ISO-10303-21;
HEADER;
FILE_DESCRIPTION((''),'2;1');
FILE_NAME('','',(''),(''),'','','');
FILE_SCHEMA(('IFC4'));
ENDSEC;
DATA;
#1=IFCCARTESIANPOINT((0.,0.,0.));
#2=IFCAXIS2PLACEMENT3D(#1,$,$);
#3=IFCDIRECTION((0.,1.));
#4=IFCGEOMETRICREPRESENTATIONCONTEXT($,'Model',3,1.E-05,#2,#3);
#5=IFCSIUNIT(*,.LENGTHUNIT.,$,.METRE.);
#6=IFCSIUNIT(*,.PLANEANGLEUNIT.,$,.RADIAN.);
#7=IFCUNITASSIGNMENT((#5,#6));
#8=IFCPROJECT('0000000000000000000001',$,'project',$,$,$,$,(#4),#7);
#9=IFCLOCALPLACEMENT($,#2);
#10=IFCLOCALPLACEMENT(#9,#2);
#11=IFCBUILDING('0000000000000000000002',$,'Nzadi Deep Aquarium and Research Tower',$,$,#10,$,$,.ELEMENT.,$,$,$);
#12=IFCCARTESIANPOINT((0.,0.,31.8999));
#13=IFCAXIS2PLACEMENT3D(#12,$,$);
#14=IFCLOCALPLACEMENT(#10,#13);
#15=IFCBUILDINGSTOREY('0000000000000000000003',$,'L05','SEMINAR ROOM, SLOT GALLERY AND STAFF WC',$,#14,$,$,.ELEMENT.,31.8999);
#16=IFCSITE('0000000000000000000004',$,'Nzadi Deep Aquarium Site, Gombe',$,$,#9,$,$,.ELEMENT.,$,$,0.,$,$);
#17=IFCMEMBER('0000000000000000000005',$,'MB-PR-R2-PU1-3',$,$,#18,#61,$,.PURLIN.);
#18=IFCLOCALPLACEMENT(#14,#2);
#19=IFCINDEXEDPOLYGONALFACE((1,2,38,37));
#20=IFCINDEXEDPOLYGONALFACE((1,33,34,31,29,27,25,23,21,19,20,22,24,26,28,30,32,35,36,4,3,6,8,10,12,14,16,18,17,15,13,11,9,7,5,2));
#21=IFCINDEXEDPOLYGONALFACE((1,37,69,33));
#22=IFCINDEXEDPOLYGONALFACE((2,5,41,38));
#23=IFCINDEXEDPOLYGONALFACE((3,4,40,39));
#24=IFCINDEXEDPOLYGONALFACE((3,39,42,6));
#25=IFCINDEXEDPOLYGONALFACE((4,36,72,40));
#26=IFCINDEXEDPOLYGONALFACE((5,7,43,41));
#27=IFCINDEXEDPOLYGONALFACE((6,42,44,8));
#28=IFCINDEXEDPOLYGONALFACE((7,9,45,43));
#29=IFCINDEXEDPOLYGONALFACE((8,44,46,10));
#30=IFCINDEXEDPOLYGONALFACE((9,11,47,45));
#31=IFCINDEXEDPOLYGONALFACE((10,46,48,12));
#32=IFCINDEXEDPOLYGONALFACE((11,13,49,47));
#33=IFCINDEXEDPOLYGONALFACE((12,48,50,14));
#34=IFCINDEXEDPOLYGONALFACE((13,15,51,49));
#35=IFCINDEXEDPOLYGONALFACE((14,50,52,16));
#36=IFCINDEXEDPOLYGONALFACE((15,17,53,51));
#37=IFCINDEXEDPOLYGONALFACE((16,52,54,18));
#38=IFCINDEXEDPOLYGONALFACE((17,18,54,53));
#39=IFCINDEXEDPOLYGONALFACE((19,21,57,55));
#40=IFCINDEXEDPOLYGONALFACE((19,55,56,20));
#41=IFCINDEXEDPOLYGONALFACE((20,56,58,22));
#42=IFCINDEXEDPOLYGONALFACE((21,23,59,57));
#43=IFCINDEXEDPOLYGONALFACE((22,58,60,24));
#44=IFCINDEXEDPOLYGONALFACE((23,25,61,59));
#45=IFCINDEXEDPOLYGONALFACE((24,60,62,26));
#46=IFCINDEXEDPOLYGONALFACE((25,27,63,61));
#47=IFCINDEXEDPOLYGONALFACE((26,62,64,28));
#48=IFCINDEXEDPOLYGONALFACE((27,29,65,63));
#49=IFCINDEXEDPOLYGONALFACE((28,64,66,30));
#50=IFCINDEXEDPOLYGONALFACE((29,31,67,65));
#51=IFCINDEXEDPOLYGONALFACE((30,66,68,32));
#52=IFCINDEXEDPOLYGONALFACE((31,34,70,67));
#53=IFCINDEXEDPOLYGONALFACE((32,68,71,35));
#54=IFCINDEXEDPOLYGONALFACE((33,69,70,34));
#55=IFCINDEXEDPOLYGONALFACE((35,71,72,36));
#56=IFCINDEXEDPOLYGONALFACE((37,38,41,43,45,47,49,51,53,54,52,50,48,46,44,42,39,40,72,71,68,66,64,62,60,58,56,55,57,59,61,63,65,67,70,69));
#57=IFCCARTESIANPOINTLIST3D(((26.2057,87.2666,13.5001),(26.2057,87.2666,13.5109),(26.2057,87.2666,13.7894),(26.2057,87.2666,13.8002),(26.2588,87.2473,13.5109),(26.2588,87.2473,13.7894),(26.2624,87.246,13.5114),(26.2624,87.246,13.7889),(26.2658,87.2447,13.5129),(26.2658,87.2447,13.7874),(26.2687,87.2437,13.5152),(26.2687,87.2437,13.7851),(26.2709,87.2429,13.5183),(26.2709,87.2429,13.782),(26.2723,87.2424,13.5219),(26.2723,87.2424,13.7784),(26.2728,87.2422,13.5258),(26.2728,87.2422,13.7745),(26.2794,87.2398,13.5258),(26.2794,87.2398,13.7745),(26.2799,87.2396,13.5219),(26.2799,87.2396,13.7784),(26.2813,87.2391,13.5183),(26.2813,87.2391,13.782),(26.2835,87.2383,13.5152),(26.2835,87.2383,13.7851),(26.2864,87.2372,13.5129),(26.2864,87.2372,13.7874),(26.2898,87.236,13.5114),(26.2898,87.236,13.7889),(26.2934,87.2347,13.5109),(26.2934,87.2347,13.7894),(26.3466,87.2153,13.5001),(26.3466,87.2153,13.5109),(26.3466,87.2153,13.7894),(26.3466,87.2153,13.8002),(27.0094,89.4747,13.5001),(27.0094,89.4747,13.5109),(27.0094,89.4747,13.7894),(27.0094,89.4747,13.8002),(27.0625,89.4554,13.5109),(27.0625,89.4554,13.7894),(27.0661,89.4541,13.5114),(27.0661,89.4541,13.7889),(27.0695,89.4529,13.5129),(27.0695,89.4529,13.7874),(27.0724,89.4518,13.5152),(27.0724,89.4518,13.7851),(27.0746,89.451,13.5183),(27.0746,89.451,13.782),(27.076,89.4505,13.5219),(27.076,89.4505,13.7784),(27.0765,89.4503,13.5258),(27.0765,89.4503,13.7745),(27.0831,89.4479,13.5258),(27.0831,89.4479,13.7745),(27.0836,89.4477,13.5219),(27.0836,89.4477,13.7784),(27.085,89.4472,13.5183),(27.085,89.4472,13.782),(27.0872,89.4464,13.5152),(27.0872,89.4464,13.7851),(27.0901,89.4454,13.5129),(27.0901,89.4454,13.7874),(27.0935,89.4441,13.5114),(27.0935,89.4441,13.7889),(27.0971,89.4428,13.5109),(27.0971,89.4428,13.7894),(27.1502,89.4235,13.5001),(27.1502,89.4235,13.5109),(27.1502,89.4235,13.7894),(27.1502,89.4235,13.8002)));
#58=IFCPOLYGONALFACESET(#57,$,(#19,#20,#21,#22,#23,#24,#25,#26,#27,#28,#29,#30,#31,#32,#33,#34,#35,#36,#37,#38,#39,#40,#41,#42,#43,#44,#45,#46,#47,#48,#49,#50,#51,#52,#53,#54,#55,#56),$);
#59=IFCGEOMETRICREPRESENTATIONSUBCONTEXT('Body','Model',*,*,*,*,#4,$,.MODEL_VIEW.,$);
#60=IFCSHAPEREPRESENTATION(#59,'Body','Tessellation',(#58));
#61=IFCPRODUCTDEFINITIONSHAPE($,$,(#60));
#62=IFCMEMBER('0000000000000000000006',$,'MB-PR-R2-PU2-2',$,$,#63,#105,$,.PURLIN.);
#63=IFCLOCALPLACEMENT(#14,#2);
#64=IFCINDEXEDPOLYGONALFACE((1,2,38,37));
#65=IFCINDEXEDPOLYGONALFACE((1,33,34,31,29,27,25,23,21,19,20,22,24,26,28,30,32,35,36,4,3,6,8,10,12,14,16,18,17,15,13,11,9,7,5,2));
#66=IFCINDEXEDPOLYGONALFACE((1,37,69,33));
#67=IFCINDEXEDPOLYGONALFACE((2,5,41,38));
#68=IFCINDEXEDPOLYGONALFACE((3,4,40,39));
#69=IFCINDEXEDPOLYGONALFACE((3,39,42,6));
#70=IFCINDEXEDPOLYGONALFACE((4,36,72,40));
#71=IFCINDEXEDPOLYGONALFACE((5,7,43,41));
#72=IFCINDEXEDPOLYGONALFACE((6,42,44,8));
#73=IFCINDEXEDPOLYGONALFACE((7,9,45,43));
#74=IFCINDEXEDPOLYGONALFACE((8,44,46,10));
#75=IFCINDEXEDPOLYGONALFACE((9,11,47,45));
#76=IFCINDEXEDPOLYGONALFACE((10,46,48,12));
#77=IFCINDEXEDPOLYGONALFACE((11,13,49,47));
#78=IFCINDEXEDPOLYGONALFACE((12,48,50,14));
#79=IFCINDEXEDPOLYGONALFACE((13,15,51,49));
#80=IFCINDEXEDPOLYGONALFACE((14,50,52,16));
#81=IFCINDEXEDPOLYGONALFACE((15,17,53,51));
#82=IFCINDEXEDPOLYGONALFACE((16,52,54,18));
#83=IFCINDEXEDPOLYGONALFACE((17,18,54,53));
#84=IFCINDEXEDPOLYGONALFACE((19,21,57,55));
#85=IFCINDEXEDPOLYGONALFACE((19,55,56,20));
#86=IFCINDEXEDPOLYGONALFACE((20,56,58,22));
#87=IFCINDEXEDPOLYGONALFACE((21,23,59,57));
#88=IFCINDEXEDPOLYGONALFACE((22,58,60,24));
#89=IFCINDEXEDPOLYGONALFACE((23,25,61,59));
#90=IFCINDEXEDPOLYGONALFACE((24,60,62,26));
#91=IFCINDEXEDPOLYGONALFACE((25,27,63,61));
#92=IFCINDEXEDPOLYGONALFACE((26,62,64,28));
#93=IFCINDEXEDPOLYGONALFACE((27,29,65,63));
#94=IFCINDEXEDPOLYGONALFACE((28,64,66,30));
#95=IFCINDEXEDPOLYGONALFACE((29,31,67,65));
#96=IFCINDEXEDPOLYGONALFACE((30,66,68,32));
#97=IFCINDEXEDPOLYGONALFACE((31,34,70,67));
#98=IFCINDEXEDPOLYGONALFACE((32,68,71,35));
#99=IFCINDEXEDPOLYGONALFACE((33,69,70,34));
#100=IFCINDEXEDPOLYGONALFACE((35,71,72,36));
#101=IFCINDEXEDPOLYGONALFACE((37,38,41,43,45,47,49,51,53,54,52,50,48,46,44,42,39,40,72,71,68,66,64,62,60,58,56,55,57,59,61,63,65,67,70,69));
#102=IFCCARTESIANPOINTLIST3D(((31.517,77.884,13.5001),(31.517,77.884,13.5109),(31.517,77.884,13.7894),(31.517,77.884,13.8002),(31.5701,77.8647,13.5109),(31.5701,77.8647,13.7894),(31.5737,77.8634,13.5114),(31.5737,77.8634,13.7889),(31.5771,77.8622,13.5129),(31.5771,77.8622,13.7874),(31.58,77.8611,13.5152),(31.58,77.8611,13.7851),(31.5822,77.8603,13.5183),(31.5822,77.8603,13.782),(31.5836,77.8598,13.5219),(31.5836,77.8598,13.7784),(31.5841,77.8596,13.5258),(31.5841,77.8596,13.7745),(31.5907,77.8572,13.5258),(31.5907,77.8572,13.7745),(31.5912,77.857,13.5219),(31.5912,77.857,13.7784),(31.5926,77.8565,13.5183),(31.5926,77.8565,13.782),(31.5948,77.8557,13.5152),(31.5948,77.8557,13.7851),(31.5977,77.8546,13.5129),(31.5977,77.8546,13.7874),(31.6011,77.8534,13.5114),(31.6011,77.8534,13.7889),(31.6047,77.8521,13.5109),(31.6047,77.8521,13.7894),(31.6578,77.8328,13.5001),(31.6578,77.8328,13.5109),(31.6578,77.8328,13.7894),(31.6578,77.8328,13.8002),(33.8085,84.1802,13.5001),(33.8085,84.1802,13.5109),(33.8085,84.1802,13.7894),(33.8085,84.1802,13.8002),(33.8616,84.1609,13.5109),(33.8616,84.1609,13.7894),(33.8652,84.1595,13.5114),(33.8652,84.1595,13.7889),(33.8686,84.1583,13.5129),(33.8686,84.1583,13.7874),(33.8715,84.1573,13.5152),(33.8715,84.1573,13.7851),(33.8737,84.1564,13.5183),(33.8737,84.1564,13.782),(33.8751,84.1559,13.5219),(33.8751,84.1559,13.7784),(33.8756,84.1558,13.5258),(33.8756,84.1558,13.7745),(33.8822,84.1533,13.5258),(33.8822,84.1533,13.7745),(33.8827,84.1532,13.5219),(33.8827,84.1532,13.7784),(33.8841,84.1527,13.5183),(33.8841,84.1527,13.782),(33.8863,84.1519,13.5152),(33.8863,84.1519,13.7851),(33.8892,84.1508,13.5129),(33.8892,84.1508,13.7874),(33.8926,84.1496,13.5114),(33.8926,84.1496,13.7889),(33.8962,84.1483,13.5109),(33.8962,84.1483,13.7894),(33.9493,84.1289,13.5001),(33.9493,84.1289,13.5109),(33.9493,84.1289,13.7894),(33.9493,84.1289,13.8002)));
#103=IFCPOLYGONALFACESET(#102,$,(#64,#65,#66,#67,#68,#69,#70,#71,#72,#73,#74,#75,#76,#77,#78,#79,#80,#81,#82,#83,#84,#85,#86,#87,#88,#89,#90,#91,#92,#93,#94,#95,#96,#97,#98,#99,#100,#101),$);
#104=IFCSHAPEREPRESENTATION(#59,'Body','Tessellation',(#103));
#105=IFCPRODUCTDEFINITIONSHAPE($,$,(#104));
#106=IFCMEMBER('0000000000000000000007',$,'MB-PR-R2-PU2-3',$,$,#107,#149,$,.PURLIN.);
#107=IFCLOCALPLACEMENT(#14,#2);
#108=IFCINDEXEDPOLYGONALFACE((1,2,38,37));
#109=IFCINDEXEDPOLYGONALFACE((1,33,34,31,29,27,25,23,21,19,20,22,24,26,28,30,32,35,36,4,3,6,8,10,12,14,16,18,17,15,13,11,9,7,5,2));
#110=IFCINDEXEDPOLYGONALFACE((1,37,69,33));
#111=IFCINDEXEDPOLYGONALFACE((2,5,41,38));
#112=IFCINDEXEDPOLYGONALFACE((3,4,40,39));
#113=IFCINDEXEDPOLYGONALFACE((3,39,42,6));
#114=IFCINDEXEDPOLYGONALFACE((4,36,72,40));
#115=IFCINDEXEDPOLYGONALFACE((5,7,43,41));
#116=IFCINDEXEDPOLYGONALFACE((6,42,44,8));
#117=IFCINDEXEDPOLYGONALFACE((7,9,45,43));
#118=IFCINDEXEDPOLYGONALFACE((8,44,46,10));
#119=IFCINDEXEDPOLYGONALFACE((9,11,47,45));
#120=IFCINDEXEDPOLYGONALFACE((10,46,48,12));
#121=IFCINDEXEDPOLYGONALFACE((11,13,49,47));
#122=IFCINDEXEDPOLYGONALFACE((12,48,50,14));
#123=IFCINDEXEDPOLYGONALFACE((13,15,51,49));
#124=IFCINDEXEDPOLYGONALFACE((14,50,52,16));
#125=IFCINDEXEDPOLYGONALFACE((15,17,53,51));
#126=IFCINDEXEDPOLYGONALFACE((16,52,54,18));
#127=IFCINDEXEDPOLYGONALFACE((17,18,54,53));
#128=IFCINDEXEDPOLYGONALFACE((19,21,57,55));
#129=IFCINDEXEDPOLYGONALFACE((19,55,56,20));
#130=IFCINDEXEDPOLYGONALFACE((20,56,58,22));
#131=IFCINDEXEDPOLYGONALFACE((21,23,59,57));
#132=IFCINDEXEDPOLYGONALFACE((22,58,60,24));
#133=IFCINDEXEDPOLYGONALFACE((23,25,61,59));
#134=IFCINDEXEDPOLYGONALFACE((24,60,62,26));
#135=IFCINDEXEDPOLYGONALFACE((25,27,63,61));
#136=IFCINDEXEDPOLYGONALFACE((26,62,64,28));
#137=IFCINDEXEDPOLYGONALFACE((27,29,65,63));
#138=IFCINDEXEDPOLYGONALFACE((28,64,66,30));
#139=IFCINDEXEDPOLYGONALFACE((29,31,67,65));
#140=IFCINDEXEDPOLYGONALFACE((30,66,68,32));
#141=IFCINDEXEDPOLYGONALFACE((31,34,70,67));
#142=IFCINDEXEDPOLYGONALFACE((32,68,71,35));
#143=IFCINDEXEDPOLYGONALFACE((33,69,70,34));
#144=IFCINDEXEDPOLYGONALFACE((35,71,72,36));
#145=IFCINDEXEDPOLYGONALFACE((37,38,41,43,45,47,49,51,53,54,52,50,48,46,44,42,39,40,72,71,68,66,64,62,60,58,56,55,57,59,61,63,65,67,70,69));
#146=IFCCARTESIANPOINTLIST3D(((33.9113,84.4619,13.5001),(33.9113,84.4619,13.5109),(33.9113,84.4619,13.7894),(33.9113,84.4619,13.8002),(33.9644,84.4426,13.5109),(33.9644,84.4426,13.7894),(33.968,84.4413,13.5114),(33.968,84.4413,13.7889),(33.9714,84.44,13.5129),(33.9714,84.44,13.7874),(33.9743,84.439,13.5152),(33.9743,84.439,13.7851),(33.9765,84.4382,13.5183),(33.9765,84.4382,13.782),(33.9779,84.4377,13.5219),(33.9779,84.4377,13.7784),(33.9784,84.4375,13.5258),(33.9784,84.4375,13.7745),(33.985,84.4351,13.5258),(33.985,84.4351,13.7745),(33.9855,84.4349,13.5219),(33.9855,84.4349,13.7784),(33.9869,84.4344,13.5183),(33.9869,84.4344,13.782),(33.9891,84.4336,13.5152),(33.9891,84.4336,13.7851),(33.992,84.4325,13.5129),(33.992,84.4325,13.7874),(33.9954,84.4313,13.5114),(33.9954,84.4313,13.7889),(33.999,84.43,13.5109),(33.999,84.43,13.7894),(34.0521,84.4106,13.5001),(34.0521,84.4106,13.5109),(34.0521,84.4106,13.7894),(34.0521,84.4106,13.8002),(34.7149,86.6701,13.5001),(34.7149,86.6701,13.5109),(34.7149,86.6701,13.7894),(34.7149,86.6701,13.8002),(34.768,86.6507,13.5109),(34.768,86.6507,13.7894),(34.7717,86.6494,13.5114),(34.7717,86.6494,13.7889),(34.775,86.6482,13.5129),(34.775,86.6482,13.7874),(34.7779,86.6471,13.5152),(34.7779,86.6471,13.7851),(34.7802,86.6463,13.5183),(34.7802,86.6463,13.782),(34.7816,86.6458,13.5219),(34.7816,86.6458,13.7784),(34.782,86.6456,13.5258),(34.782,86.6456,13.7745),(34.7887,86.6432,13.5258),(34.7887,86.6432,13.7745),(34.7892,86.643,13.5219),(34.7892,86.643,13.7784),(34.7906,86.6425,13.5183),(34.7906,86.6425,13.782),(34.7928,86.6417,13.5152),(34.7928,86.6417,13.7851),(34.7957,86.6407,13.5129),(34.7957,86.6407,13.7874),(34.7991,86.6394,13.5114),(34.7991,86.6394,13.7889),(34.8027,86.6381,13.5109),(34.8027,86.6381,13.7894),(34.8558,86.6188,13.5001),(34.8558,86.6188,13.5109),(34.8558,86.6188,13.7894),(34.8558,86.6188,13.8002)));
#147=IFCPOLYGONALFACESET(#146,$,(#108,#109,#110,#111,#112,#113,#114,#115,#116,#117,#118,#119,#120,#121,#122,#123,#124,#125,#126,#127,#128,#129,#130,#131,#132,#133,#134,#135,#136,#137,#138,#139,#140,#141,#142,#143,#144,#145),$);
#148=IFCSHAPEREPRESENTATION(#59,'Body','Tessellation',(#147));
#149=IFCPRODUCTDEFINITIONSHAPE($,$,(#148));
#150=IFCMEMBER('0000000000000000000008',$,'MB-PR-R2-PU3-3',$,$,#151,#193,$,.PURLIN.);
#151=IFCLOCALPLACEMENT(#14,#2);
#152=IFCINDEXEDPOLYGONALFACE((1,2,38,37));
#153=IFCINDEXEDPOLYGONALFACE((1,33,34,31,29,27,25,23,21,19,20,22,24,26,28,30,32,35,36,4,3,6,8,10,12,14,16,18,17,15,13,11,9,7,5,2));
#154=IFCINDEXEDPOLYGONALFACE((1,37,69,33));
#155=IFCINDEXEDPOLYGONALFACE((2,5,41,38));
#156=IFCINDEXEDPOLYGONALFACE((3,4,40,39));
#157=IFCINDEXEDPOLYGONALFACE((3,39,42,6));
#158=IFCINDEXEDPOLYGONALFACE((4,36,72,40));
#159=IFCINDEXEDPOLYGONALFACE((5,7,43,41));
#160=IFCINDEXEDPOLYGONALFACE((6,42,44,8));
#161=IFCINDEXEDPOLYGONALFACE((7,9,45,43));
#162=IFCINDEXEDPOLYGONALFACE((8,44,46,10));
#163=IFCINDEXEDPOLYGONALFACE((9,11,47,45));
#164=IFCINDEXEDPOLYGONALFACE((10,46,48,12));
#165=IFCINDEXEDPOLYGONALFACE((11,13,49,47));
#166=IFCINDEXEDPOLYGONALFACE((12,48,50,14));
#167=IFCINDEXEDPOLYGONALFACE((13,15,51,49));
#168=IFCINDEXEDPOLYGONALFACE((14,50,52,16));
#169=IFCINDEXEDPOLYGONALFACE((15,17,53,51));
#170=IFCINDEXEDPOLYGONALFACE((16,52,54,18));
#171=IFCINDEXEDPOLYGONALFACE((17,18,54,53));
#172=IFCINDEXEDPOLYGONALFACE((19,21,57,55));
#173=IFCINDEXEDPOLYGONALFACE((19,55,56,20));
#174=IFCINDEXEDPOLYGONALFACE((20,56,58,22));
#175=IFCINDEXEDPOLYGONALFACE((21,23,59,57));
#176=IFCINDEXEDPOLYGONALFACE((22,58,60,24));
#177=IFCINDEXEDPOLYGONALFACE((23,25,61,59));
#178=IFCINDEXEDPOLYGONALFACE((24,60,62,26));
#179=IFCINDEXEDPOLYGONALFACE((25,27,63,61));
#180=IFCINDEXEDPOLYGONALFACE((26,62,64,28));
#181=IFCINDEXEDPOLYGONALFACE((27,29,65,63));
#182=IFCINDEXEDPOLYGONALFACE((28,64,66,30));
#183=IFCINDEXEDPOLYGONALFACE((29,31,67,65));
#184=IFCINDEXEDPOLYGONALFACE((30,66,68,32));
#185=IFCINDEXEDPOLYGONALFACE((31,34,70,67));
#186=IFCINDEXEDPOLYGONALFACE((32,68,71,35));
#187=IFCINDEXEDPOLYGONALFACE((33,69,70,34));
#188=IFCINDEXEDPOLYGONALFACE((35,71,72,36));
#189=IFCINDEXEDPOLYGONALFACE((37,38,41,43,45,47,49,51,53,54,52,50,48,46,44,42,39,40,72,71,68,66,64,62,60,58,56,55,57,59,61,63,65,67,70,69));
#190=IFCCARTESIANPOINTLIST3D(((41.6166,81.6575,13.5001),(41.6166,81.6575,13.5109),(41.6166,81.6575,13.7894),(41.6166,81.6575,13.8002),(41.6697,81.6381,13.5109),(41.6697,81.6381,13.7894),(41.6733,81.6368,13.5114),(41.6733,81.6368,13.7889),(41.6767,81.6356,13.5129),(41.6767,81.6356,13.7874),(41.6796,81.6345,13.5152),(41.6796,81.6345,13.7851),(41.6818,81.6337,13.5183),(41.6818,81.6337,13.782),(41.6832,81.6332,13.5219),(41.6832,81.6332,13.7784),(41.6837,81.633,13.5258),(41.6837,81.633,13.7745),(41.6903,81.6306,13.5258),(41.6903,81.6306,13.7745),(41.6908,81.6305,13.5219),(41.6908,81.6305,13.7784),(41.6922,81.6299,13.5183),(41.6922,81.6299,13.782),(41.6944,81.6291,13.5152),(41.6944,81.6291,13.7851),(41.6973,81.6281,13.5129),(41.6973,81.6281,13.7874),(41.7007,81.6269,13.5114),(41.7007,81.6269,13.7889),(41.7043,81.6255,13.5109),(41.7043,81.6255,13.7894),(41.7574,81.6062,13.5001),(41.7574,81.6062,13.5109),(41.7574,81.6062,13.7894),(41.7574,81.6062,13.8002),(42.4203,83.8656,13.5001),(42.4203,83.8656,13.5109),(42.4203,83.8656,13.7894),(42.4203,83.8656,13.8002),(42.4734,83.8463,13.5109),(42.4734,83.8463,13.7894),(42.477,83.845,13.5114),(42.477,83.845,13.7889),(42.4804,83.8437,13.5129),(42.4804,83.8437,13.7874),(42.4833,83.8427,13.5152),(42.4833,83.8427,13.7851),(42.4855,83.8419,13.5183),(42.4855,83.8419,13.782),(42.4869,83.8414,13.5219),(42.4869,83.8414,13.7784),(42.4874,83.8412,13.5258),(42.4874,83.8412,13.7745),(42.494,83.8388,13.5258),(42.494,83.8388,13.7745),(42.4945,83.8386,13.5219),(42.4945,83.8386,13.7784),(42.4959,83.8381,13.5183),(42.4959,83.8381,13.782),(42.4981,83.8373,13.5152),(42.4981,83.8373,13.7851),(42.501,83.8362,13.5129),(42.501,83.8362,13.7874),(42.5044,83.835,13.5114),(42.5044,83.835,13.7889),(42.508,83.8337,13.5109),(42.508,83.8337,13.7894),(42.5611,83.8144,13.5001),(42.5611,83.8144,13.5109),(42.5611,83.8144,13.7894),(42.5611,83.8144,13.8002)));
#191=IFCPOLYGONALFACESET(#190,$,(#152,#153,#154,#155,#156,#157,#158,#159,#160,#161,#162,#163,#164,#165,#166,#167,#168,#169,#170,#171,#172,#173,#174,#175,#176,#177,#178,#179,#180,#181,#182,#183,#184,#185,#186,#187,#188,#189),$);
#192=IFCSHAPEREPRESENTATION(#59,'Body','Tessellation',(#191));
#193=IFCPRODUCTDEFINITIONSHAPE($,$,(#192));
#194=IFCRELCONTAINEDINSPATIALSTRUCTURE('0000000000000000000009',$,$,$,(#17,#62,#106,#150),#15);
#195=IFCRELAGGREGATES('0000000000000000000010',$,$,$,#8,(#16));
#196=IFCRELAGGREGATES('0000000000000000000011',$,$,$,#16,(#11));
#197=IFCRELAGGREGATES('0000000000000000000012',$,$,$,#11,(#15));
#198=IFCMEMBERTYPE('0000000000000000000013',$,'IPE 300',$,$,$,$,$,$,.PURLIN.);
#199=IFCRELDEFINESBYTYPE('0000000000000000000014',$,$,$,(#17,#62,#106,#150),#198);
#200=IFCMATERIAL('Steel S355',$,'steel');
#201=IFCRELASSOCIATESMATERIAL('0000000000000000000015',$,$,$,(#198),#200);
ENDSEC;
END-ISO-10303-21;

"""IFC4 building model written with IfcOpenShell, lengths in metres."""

from ifc_helpers import new_model, si_unit, direction, frame, origin, origin_2d, place, context, subcontext, project, spatial, i_section, extrude, material, material_profile, profile_set, type_object, element, save


model = new_model("IFC4")

# Units and contexts
model_context = context("Model", 3, precision=1e-05, world=origin(), true_north=direction((0.0, 1.0)))
body_context = subcontext(model_context, "Body", "Model", "MODEL_VIEW")
ifc_project = project(units=[si_unit("LENGTHUNIT", "METRE"), si_unit("PLANEANGLEUNIT", "RADIAN")], contexts=[model_context])

# Site, building, storey
site_placement = place(None, origin())
site = spatial("IfcSite", under=ifc_project, at=site_placement, Name="Nzadi Deep Aquarium Site, Gombe", CompositionType="ELEMENT", RefElevation=0.0)
building_placement = place(site_placement, origin())
building = spatial("IfcBuilding", under=site, at=building_placement, Name="Nzadi Deep Aquarium and Research Tower", CompositionType="ELEMENT")
storey_placement = place(building_placement, frame((0.0, 0.0, 31.8999)))
storey = spatial("IfcBuildingStorey", under=building, at=storey_placement, Name="L05", Description="SEMINAR ROOM, SLOT GALLERY AND STAFF WC", CompositionType="ELEMENT", Elevation=31.8999)

# Members
ifc_material_1 = material(Name="Steel S355", Category="steel")
ifc_material_profile_1 = material_profile(ifc_material_1, i_section(OverallWidth=0.1499, OverallDepth=0.3, WebThickness=0.0071, FlangeThickness=0.0107, FilletRadius=0.0149, at=origin_2d()))
ifc_profile_set_1 = profile_set([ifc_material_profile_1], Name="Steel S355")
member_type_1 = type_object("IfcMemberType", Name="IPE 300", PredefinedType="PURLIN", material=ifc_profile_set_1)
member_1_placement = place(storey_placement, frame((26.2761, 87.241, 13.6501), z_axis=(0.34201, 0.939696, 0.0), x_axis=(-0.939696, 0.34201, 0.0)))
element("IfcMember", 1, at=member_1_placement, inside=storey, type_object=member_type_1, Name="MB-PR-R2-PU1-3", PredefinedType="PURLIN", context=body_context, shape_type="SweptSolid", body=[
    extrude(i_section(OverallWidth=0.1499, OverallDepth=0.3, WebThickness=0.0071, FlangeThickness=0.0107, FilletRadius=0.0149, at=origin_2d()), origin(), (0.0, 0.0, 1.0), 2.3499),
])
member_2_placement = place(storey_placement, frame((31.5874, 77.8584, 13.6501), z_axis=(0.342006, 0.939698, 0.0), x_axis=(-0.939698, 0.342006, 0.0)))
element("IfcMember", 2, at=member_2_placement, inside=storey, type_object=member_type_1, Name="MB-PR-R2-PU2-2", PredefinedType="PURLIN", context=body_context, shape_type="SweptSolid", body=[
    extrude(i_section(OverallWidth=0.1499, OverallDepth=0.3, WebThickness=0.0071, FlangeThickness=0.0107, FilletRadius=0.0149, at=origin_2d()), origin(), (0.0, 0.0, 1.0), 6.7002),
])
for number, where, z_axis, x_axis, name in (
    (3, (33.9817, 84.4363, 13.6501), (0.34201, 0.939696, 0.0), (-0.939696, 0.34201, 0.0), "MB-PR-R2-PU2-3"),
    (4, (41.687, 81.6318, 13.6501), (0.34201, 0.939696, 0.0), (-0.939696, 0.34201, 0.0), "MB-PR-R2-PU3-3"),
):
    element("IfcMember", number, at=place(storey_placement, frame(where, z_axis=z_axis, x_axis=x_axis)), inside=storey, type_object=member_type_1, Name=name, PredefinedType="PURLIN", context=body_context, shape_type="SweptSolid", body=[
        extrude(i_section(OverallWidth=0.1499, OverallDepth=0.3, WebThickness=0.0071, FlangeThickness=0.0107, FilletRadius=0.0149, at=origin_2d()), origin(), (0.0, 0.0, 1.0), 2.3499),
    ])

save(model, "model.ifc")
